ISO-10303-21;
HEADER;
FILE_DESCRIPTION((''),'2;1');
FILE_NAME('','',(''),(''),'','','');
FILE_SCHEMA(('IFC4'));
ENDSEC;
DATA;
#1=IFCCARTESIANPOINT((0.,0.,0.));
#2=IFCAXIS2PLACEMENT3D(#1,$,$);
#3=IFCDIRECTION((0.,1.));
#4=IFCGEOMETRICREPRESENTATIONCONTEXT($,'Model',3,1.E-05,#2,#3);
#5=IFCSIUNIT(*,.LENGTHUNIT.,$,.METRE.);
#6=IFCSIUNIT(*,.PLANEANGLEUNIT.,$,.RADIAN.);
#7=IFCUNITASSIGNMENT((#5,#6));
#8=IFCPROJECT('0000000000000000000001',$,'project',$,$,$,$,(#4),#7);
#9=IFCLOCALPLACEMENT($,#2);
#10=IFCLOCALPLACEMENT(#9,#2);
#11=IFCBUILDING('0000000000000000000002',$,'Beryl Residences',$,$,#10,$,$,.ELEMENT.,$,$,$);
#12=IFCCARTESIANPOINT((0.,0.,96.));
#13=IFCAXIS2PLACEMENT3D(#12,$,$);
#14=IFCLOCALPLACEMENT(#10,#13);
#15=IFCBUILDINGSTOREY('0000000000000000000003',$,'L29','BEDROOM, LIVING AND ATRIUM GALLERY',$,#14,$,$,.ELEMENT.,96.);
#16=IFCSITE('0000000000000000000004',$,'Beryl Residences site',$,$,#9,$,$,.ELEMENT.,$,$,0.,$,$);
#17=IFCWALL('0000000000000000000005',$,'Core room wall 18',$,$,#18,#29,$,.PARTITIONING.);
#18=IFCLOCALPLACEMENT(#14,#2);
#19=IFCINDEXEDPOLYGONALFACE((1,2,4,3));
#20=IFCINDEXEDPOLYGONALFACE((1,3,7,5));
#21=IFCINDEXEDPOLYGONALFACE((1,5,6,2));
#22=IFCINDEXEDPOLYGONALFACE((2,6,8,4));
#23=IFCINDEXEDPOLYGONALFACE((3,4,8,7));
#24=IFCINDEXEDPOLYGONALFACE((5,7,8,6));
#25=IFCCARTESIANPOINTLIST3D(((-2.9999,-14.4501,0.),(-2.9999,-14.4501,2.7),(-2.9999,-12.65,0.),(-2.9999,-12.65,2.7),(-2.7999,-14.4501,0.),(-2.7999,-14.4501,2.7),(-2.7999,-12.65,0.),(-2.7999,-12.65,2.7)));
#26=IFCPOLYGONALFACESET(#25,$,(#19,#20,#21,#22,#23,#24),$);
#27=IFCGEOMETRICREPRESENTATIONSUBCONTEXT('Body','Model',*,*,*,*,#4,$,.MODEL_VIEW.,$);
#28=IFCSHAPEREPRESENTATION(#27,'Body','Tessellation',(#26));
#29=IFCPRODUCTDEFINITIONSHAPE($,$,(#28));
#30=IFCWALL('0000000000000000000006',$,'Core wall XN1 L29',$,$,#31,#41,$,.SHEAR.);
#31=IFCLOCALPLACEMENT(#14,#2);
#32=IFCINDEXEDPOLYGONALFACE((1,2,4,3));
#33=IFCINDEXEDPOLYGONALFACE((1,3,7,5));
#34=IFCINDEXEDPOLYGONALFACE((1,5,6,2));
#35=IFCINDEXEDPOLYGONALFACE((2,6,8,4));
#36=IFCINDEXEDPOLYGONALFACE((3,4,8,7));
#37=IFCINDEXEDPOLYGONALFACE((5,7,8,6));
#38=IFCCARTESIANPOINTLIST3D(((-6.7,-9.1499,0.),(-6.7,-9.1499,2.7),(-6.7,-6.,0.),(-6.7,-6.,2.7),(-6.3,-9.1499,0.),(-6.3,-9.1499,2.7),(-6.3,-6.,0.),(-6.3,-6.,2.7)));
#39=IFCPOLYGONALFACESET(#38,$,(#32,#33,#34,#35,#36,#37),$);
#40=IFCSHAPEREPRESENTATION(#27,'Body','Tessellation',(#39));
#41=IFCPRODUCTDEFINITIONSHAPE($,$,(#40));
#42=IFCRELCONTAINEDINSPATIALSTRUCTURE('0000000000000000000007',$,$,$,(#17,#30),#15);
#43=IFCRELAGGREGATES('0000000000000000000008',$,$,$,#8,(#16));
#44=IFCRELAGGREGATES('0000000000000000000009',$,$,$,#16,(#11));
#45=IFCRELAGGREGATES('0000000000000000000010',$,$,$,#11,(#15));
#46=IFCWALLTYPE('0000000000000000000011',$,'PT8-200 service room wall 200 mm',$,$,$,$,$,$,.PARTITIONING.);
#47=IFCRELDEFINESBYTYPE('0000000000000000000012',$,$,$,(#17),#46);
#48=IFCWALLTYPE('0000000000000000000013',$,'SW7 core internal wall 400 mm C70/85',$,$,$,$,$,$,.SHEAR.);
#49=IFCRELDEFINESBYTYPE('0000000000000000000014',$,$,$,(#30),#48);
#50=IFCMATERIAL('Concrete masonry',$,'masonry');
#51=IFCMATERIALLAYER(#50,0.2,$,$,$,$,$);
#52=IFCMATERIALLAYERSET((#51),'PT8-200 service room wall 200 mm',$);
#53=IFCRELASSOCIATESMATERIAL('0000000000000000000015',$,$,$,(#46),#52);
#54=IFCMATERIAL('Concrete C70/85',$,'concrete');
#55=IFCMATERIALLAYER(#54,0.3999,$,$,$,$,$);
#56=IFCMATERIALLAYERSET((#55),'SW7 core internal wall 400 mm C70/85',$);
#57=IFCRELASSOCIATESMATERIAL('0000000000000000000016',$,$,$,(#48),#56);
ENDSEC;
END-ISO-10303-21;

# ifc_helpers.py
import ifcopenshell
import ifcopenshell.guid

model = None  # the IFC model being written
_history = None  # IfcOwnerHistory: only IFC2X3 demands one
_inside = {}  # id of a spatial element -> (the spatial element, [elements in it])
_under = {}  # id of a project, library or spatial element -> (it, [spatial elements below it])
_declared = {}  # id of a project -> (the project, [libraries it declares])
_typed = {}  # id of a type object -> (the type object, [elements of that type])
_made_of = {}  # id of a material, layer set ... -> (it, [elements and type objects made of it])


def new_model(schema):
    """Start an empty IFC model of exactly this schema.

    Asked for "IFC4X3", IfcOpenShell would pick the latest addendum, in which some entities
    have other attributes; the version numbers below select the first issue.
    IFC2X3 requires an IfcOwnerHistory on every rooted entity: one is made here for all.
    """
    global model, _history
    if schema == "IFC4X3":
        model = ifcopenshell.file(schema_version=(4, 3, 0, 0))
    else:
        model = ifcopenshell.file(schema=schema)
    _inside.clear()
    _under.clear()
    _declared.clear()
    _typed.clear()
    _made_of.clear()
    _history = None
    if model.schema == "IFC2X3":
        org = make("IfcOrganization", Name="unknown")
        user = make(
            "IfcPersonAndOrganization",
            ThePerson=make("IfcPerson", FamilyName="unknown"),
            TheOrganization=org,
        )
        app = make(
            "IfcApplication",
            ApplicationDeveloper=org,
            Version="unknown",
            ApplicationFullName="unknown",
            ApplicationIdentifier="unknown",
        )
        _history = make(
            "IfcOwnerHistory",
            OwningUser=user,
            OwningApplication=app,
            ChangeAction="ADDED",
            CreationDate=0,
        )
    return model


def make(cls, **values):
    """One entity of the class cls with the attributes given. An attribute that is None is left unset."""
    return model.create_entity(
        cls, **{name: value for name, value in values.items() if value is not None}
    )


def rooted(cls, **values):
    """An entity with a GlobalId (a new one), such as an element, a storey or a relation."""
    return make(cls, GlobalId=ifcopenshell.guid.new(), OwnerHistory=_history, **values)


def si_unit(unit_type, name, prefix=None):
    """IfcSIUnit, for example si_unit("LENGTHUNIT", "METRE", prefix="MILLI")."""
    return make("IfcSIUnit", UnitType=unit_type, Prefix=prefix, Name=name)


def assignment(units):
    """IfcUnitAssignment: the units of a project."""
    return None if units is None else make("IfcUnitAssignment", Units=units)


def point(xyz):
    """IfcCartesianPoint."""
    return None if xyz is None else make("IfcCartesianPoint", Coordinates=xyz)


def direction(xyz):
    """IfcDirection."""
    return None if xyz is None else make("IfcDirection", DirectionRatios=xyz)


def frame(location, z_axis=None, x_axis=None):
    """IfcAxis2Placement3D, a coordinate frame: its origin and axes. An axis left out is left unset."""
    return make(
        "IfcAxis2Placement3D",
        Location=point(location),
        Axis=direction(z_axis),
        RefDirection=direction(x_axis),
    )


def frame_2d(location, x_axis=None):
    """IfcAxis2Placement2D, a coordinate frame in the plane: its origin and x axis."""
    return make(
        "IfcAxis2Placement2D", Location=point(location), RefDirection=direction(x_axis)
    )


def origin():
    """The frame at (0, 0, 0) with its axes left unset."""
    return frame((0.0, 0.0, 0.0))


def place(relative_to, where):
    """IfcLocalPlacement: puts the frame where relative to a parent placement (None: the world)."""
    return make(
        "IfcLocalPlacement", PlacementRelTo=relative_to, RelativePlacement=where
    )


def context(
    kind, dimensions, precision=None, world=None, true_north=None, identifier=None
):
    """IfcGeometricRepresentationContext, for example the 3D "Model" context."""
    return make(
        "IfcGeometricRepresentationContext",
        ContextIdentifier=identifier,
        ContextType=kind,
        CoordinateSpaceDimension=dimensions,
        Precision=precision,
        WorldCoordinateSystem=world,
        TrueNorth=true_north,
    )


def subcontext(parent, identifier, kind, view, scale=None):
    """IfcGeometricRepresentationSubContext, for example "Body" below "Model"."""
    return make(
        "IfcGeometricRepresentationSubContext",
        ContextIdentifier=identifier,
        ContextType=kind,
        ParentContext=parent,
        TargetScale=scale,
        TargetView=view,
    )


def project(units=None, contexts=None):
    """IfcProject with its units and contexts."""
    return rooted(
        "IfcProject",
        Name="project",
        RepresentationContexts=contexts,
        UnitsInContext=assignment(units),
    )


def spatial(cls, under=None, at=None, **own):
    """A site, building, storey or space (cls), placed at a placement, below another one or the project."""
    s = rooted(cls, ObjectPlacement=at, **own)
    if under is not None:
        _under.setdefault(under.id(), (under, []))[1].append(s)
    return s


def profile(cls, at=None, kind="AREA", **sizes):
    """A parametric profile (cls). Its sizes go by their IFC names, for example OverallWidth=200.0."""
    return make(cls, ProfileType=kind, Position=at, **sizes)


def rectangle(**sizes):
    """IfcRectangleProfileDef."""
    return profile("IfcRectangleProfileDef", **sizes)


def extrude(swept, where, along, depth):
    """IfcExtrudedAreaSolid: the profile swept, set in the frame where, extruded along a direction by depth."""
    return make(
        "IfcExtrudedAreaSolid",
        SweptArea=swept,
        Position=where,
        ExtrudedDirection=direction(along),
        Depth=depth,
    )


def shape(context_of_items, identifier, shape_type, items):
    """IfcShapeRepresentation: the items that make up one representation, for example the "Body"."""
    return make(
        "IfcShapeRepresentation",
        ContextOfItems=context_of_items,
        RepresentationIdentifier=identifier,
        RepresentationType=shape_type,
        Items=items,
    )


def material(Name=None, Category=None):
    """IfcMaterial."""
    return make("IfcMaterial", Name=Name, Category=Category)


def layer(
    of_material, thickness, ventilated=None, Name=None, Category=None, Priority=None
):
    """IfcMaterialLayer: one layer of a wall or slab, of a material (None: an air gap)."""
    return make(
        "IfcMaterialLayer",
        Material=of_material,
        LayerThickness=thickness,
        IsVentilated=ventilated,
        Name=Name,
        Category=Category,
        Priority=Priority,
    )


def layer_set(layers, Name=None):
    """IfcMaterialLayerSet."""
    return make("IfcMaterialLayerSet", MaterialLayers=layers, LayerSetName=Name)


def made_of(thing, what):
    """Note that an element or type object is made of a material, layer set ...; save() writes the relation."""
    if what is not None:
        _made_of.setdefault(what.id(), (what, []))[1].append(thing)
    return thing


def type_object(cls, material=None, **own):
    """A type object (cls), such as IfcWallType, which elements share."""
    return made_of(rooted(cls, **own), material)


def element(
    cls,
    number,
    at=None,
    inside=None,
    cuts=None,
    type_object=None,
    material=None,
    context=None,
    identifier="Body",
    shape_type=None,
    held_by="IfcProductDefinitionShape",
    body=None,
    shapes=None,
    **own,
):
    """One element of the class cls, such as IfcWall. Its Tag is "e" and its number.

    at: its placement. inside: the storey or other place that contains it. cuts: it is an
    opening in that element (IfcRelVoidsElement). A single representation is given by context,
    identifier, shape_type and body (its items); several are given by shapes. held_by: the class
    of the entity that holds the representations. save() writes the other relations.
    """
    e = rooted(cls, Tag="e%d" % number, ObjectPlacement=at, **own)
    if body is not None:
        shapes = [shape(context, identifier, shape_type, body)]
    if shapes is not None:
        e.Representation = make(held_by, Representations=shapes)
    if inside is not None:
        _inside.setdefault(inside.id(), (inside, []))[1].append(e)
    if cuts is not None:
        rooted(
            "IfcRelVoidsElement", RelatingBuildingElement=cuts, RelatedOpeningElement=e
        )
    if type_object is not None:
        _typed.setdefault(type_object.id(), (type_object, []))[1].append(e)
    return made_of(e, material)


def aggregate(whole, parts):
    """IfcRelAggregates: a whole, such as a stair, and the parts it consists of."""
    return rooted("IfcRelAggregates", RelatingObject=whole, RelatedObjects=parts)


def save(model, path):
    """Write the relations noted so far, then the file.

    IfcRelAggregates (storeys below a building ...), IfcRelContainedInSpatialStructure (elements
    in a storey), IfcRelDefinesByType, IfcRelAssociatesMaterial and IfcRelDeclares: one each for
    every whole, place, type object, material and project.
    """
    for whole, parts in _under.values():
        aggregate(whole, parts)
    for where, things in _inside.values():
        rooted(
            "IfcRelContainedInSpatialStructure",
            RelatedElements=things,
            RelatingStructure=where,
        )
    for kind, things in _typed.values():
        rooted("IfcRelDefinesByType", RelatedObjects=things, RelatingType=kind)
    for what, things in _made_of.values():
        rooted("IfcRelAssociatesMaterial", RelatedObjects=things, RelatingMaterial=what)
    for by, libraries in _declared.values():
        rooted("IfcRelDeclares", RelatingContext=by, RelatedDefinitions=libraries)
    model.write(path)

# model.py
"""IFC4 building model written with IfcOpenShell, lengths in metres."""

from ifc_helpers import new_model, si_unit, direction, frame, frame_2d, origin, place, context, subcontext, project, spatial, rectangle, extrude, material, layer, layer_set, type_object, element, save


model = new_model("IFC4")

# Units and contexts
model_context = context("Model", 3, precision=1e-05, world=origin(), true_north=direction((0.0, 1.0)))
body_context = subcontext(model_context, "Body", "Model", "MODEL_VIEW")
ifc_project = project(units=[si_unit("LENGTHUNIT", "METRE"), si_unit("PLANEANGLEUNIT", "RADIAN")], contexts=[model_context])

# Site, building, storey
site_placement = place(None, origin())
site = spatial("IfcSite", under=ifc_project, at=site_placement, Name="Beryl Residences site", CompositionType="ELEMENT", RefElevation=0.0)
building_placement = place(site_placement, origin())
building = spatial("IfcBuilding", under=site, at=building_placement, Name="Beryl Residences", CompositionType="ELEMENT")
storey_placement = place(building_placement, frame((0.0, 0.0, 96.0)))
storey = spatial("IfcBuildingStorey", under=building, at=storey_placement, Name="L29", Description="BEDROOM, LIVING AND ATRIUM GALLERY", CompositionType="ELEMENT", Elevation=96.0)

# Wall
ifc_material_1 = material(Name="Concrete masonry", Category="masonry")
ifc_layer_1 = layer(ifc_material_1, 0.2)
ifc_layer_set_1 = layer_set([ifc_layer_1], Name="PT8-200 service room wall 200 mm")
wall_type_1 = type_object("IfcWallType", Name="PT8-200 service room wall 200 mm", PredefinedType="PARTITIONING", material=ifc_layer_set_1)
wall_1_placement = place(storey_placement, frame((-2.8999, -14.45, 0.0), z_axis=(0.0, 0.0, 1.0), x_axis=(0.0, 1.0, 0.0)))
element("IfcWall", 1, at=wall_1_placement, inside=storey, type_object=wall_type_1, Name="Core room wall 18", PredefinedType="PARTITIONING", context=body_context, shape_type="SweptSolid", body=[
    extrude(rectangle(XDim=1.8, YDim=0.2, at=frame_2d((0.8999, 0.0))), origin(), (0.0, 0.0, 1.0), 2.7),
])

# Shared definitions
ifc_material_2 = material(Name="Concrete C70/85", Category="concrete")
ifc_layer_2 = layer(ifc_material_2, 0.3999)
ifc_layer_set_2 = layer_set([ifc_layer_2], Name="SW7 core internal wall 400 mm C70/85")
wall_type_2 = type_object("IfcWallType", Name="SW7 core internal wall 400 mm C70/85", PredefinedType="SHEAR", material=ifc_layer_set_2)

# Wall
wall_2_placement = place(storey_placement, frame((-6.5, -9.1499, 0.0), z_axis=(0.0, 0.0, 1.0), x_axis=(0.0, 1.0, 0.0)))
element("IfcWall", 2, at=wall_2_placement, inside=storey, type_object=wall_type_2, Name="Core wall XN1 L29", PredefinedType="SHEAR", context=body_context, shape_type="SweptSolid", body=[
    extrude(rectangle(XDim=3.1499, YDim=0.3999, at=frame_2d((1.575, 0.0))), origin(), (0.0, 0.0, 1.0), 2.7),
])

save(model, "model.ifc")
